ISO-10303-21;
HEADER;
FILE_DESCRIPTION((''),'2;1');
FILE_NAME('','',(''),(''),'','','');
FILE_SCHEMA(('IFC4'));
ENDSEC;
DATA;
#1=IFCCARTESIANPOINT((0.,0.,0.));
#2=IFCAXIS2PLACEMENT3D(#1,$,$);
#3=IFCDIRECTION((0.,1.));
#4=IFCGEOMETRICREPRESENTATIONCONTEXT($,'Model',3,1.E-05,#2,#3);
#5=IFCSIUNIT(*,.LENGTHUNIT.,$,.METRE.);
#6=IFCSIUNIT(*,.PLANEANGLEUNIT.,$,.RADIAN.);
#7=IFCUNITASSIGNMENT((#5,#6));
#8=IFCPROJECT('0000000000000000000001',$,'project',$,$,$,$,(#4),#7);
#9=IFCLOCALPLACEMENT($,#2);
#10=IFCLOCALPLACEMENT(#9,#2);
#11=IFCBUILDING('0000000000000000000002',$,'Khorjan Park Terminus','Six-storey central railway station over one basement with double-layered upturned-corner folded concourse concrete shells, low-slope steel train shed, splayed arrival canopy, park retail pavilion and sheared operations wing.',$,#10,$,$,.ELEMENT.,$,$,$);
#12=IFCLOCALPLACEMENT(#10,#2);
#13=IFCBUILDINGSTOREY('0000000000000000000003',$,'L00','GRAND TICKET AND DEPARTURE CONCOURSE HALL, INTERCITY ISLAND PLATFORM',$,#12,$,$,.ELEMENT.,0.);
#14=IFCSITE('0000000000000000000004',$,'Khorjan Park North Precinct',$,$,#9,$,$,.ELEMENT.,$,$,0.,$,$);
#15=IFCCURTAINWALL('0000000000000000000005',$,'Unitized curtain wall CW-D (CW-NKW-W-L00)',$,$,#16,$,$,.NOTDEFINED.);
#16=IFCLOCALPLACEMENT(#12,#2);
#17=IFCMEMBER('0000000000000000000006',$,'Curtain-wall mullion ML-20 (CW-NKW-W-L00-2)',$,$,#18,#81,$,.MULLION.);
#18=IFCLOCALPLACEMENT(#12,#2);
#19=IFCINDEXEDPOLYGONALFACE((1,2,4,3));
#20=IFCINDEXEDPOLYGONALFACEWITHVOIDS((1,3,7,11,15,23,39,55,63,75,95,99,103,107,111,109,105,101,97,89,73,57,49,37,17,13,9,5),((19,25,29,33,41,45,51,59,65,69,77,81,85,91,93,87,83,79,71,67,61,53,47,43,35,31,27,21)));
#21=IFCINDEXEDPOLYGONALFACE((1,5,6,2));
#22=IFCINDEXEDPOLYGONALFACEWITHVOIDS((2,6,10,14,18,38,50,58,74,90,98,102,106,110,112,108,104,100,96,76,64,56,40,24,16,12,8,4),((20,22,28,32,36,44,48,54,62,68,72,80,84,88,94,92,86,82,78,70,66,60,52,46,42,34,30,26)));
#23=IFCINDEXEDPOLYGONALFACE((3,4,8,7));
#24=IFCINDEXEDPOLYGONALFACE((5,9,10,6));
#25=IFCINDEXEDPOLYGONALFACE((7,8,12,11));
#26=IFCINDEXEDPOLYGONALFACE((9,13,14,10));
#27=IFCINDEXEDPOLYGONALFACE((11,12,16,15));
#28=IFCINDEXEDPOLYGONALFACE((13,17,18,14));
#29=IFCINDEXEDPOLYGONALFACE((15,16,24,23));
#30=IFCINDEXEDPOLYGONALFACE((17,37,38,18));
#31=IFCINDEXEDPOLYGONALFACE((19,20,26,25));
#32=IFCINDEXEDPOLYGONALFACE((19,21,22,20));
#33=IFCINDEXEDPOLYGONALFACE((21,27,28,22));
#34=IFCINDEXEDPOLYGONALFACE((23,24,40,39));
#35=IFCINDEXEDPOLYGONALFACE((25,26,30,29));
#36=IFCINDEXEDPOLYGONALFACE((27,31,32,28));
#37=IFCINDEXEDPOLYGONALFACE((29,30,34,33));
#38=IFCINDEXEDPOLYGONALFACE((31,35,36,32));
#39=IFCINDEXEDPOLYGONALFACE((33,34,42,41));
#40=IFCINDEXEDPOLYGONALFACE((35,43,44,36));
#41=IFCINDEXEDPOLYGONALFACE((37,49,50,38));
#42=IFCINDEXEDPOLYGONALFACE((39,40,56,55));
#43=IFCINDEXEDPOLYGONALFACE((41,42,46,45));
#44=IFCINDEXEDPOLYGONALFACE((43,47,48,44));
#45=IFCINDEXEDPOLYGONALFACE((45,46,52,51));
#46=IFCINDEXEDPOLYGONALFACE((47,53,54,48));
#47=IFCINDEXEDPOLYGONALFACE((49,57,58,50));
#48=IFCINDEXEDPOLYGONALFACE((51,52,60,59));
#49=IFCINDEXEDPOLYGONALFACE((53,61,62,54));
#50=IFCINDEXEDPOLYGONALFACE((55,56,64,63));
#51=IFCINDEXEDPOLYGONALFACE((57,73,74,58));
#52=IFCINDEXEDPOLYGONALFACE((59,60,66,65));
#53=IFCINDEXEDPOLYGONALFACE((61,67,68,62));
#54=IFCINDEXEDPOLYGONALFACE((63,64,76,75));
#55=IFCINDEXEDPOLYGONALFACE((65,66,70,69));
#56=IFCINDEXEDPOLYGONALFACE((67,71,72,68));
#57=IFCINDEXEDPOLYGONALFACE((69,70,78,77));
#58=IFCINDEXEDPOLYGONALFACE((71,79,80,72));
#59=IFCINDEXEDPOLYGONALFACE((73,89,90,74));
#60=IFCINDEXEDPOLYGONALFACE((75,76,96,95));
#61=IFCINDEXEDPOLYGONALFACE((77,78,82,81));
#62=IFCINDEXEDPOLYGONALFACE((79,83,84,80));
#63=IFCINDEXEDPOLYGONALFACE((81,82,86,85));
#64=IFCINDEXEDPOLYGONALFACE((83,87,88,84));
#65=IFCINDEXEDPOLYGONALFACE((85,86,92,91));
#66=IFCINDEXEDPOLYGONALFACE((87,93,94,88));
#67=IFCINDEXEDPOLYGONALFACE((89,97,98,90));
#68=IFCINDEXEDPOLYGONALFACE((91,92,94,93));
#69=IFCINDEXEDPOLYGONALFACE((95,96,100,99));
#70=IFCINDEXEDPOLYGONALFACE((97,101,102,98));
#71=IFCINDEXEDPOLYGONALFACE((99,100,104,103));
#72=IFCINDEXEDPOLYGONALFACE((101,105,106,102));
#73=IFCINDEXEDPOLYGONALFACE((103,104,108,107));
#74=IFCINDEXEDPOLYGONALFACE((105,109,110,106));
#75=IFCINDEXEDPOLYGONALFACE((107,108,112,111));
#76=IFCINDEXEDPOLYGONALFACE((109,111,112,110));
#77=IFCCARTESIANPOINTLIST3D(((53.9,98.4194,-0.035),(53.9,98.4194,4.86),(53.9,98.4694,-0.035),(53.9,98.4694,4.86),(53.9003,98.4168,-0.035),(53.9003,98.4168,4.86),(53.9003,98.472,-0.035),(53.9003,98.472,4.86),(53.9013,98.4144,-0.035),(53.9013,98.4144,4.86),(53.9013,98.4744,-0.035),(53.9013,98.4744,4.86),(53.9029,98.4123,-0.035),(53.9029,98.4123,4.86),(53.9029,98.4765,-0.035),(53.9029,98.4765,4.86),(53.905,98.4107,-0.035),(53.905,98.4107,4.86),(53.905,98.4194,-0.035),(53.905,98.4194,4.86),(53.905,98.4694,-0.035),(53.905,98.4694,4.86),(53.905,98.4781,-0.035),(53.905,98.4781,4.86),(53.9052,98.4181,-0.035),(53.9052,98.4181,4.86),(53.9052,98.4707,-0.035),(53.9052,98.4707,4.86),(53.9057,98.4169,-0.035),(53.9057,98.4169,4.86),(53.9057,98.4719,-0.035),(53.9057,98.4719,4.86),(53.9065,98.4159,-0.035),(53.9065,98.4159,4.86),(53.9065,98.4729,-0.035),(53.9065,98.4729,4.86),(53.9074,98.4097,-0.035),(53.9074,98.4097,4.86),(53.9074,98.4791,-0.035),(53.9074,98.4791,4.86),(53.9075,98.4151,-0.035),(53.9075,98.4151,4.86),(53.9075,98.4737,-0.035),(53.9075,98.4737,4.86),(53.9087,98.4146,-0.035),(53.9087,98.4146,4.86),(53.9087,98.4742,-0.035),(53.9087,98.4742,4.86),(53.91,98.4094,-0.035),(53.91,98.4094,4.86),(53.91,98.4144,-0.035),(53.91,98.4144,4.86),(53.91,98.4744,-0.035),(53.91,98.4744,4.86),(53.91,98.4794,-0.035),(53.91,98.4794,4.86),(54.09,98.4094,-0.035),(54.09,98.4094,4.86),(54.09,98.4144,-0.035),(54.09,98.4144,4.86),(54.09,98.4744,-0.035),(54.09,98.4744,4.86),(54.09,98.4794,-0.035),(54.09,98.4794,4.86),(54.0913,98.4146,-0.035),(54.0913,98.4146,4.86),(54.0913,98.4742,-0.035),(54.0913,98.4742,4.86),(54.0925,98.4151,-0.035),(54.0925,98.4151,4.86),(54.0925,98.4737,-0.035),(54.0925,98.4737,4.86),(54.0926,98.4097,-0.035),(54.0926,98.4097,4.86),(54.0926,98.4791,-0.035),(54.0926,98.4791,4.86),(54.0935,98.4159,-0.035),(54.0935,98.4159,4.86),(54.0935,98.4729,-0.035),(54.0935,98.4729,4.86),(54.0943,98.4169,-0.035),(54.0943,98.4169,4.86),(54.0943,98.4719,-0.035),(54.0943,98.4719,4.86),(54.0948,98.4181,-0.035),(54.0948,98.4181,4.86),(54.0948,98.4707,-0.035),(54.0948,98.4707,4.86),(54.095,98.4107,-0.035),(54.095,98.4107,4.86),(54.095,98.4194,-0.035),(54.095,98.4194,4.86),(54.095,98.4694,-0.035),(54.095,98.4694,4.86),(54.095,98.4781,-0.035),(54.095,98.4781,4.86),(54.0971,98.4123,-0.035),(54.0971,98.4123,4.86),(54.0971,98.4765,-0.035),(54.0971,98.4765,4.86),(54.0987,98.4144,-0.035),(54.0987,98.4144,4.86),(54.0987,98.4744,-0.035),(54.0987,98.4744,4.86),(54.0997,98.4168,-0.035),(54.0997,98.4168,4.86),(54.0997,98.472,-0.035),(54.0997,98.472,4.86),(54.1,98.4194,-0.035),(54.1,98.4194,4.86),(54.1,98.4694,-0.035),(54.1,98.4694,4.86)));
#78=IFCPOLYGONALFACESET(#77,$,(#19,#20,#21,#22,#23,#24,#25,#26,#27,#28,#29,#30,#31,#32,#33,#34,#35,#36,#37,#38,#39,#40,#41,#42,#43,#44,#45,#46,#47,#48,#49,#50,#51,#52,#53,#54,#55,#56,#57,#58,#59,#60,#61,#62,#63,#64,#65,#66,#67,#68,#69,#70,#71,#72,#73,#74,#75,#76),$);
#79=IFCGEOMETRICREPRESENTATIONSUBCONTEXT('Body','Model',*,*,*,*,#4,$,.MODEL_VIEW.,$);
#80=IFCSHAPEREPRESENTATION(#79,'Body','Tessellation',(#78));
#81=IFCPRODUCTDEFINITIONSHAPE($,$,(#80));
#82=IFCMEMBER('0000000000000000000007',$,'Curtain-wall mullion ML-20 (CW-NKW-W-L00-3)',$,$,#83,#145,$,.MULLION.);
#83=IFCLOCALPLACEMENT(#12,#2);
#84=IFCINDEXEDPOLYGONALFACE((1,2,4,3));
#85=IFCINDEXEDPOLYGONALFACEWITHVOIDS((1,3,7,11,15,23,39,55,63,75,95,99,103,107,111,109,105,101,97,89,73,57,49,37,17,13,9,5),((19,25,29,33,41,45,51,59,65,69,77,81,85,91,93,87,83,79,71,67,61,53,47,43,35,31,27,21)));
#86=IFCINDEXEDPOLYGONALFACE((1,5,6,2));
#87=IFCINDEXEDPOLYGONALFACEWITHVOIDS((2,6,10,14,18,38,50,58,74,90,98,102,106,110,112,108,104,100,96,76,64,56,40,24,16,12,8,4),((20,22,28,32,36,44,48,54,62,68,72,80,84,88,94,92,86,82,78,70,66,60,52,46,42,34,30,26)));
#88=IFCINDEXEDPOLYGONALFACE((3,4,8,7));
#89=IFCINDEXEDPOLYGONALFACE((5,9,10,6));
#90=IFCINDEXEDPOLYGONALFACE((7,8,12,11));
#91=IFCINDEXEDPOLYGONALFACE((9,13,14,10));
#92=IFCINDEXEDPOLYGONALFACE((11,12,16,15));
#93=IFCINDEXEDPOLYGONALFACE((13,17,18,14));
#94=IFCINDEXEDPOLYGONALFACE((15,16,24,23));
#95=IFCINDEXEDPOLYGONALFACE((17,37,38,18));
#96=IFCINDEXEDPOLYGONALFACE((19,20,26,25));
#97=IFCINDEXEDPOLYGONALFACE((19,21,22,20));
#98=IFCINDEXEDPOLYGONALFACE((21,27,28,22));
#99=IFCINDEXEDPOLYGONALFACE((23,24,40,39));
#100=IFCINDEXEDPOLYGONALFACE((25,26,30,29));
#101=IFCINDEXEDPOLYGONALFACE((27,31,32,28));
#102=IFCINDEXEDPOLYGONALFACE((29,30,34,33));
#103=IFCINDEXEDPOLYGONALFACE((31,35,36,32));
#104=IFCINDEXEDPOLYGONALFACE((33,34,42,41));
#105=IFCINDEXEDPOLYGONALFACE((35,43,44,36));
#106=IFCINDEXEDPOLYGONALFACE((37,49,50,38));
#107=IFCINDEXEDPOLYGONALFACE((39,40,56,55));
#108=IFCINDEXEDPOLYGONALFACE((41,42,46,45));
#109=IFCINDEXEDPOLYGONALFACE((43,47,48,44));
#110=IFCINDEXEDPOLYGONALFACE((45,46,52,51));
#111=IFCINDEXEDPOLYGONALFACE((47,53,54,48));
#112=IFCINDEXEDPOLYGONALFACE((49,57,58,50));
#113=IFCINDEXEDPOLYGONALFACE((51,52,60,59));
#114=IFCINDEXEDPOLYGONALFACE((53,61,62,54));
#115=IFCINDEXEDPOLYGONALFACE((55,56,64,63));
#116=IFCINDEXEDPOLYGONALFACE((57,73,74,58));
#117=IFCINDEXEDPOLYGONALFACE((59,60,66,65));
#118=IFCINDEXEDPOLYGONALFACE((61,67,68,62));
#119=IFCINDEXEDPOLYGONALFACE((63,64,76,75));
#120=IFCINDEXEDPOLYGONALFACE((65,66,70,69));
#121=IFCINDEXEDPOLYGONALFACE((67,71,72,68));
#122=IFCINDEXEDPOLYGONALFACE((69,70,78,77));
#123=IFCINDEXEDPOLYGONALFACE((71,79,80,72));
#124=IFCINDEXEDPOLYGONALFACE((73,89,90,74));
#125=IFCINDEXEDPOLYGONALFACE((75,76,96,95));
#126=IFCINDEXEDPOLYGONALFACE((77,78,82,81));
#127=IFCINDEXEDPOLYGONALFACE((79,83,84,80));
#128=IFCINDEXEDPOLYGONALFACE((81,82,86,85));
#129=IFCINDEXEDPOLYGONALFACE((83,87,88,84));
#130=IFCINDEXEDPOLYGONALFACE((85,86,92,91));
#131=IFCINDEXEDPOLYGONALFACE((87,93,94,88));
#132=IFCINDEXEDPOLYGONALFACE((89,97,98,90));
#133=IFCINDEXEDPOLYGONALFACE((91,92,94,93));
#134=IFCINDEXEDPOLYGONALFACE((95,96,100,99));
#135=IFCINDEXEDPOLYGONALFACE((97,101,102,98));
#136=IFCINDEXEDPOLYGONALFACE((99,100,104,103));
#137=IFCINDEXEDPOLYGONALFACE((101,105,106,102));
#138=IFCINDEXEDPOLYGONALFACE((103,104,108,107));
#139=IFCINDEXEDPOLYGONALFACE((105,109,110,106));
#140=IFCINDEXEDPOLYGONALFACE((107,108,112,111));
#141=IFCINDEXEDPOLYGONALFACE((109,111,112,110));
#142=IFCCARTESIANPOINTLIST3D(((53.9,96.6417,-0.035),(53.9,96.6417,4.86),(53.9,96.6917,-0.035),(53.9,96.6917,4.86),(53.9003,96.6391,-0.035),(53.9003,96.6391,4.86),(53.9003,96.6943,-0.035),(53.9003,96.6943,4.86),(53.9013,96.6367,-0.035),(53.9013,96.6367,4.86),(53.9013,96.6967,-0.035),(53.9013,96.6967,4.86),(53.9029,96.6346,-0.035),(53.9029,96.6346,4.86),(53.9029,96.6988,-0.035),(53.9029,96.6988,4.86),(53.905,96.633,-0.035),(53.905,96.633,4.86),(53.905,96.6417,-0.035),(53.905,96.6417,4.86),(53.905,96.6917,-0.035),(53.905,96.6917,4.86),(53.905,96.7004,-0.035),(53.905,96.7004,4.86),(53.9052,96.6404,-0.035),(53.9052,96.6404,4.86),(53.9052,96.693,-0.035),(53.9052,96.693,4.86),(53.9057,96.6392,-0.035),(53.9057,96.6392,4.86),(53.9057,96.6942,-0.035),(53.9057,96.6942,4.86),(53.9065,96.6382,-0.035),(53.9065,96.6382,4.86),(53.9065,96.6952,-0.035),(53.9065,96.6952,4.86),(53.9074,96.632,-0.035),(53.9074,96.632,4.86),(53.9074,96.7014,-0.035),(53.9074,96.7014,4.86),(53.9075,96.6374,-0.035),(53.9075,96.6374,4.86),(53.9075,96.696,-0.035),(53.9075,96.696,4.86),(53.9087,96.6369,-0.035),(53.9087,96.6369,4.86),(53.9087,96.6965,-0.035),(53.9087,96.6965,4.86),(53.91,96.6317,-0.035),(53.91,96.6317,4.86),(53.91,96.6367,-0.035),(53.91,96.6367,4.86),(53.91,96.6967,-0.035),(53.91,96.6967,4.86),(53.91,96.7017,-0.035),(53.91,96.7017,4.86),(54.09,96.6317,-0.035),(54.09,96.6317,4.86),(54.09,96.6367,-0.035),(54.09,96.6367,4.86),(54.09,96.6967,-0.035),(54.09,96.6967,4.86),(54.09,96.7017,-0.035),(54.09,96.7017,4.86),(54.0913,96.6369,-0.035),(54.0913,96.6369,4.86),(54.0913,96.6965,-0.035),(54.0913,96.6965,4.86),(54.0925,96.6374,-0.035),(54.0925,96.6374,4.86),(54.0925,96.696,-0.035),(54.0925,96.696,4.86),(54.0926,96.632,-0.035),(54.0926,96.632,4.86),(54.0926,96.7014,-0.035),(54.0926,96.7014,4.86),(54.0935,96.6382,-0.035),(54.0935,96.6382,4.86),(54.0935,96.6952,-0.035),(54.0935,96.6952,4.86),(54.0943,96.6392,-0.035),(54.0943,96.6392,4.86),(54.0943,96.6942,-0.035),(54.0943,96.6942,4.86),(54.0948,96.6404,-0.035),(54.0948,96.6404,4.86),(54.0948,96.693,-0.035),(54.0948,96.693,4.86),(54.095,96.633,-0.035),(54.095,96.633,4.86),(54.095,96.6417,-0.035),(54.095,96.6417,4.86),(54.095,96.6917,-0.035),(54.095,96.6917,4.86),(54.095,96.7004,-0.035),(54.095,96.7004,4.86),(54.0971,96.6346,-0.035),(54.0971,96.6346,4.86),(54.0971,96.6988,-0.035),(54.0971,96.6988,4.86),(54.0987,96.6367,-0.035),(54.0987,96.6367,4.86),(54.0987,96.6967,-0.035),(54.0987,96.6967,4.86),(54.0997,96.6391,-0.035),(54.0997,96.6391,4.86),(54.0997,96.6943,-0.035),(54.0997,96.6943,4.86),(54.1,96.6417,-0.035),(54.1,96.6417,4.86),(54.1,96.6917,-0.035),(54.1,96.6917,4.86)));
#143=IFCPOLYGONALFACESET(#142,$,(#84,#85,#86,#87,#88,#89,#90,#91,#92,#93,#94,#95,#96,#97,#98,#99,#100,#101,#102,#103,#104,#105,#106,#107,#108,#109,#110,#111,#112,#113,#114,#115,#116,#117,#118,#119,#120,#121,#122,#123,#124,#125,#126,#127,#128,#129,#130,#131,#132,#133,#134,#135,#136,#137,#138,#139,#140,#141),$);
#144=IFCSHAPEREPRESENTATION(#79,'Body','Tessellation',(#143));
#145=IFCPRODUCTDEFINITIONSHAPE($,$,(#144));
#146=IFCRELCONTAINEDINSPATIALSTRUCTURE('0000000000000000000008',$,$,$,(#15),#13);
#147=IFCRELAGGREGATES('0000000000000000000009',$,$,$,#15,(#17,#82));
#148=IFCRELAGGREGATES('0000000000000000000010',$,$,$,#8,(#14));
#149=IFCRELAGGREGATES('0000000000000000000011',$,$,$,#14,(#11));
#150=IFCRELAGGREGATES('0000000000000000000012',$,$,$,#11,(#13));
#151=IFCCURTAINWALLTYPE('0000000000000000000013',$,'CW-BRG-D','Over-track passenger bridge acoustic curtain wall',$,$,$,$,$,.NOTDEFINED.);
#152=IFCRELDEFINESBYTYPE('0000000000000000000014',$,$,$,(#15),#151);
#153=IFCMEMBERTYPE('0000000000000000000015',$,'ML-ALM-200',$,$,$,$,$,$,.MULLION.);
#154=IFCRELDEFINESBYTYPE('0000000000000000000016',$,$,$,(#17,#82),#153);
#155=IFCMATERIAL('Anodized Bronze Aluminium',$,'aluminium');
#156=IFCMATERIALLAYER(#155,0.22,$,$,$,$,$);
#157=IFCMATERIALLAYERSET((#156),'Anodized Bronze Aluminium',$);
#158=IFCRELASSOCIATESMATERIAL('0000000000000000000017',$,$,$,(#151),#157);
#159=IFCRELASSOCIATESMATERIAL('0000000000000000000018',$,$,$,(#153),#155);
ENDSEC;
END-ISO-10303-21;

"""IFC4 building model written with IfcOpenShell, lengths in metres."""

from ifc_helpers import new_model, si_unit, direction, frame, origin, origin_2d, place, context, subcontext, project, spatial, hollow_rectangle, extrude, material, layer, layer_set, material_profile, profile_set, type_object, element, aggregate, save


model = new_model("IFC4")

# Units and contexts
model_context = context("Model", 3, precision=1e-05, world=origin(), true_north=direction((0.0, 1.0)))
body_context = subcontext(model_context, "Body", "Model", "MODEL_VIEW")
ifc_project = project(units=[si_unit("LENGTHUNIT", "METRE"), si_unit("PLANEANGLEUNIT", "RADIAN")], contexts=[model_context])

# Site, building, storey
site_placement = place(None, origin())
site = spatial("IfcSite", under=ifc_project, at=site_placement, Name="Khorjan Park North Precinct", CompositionType="ELEMENT", RefElevation=0.0)
building_placement = place(site_placement, origin())
building = spatial("IfcBuilding", under=site, at=building_placement, Name="Khorjan Park Terminus", Description="Six-storey central railway station over one basement with double-layered upturned-corner folded concourse concrete shells, low-slope steel train shed, splayed arrival canopy, park retail pavilion and sheared operations wing.", CompositionType="ELEMENT")
storey_placement = place(building_placement, origin())
storey = spatial("IfcBuildingStorey", under=building, at=storey_placement, Name="L00", Description="GRAND TICKET AND DEPARTURE CONCOURSE HALL, INTERCITY ISLAND PLATFORM", CompositionType="ELEMENT", Elevation=0.0)

# Curtain wall, members
ifc_material_1 = material(Name="Anodized Bronze Aluminium", Category="aluminium")
ifc_layer_1 = layer(ifc_material_1, 0.22)
ifc_layer_set_1 = layer_set([ifc_layer_1], Name="Anodized Bronze Aluminium")
curtain_wall_type = type_object("IfcCurtainWallType", Name="CW-BRG-D", Description="Over-track passenger bridge acoustic curtain wall", PredefinedType="NOTDEFINED", material=ifc_layer_set_1)
curtain_wall_placement = place(storey_placement, origin())
curtain_wall = element("IfcCurtainWall", 1, at=curtain_wall_placement, inside=storey, type_object=curtain_wall_type, Name="Unitized curtain wall CW-D (CW-NKW-W-L00)", PredefinedType="NOTDEFINED")
ifc_material_profile_1 = material_profile(ifc_material_1, hollow_rectangle(XDim=0.07, YDim=0.2, WallThickness=0.005, InnerFilletRadius=0.005, OuterFilletRadius=0.01, at=origin_2d()), Name="ALM 70x200x5")
ifc_profile_set_1 = profile_set([ifc_material_profile_1], Name="Anodized Bronze Aluminium")
member_type_1 = type_object("IfcMemberType", Name="ML-ALM-200", PredefinedType="MULLION", material=ifc_profile_set_1)
member_1_placement = place(storey_placement, frame((54.0, 98.4444, -0.035), z_axis=(0.0, 0.0, 1.0), x_axis=(0.0, -1.0, 0.0)))
member_1 = element("IfcMember", 2, at=member_1_placement, type_object=member_type_1, Name="Curtain-wall mullion ML-20 (CW-NKW-W-L00-2)", PredefinedType="MULLION", context=body_context, shape_type="SweptSolid", body=[
    extrude(hollow_rectangle(XDim=0.07, YDim=0.2, WallThickness=0.005, InnerFilletRadius=0.005, OuterFilletRadius=0.01, at=origin_2d()), origin(), (0.0, 0.0, 1.0), 4.895),
])
member_2_placement = place(storey_placement, frame((54.0, 96.6667, -0.035), z_axis=(0.0, 0.0, 1.0), x_axis=(0.0, -1.0, 0.0)))
member_2 = element("IfcMember", 3, at=member_2_placement, type_object=member_type_1, Name="Curtain-wall mullion ML-20 (CW-NKW-W-L00-3)", PredefinedType="MULLION", context=body_context, shape_type="SweptSolid", body=[
    extrude(hollow_rectangle(XDim=0.07, YDim=0.2, WallThickness=0.005, InnerFilletRadius=0.005, OuterFilletRadius=0.01, at=origin_2d()), origin(), (0.0, 0.0, 1.0), 4.895),
])
aggregate(curtain_wall, [member_1, member_2])

save(model, "model.ifc")
